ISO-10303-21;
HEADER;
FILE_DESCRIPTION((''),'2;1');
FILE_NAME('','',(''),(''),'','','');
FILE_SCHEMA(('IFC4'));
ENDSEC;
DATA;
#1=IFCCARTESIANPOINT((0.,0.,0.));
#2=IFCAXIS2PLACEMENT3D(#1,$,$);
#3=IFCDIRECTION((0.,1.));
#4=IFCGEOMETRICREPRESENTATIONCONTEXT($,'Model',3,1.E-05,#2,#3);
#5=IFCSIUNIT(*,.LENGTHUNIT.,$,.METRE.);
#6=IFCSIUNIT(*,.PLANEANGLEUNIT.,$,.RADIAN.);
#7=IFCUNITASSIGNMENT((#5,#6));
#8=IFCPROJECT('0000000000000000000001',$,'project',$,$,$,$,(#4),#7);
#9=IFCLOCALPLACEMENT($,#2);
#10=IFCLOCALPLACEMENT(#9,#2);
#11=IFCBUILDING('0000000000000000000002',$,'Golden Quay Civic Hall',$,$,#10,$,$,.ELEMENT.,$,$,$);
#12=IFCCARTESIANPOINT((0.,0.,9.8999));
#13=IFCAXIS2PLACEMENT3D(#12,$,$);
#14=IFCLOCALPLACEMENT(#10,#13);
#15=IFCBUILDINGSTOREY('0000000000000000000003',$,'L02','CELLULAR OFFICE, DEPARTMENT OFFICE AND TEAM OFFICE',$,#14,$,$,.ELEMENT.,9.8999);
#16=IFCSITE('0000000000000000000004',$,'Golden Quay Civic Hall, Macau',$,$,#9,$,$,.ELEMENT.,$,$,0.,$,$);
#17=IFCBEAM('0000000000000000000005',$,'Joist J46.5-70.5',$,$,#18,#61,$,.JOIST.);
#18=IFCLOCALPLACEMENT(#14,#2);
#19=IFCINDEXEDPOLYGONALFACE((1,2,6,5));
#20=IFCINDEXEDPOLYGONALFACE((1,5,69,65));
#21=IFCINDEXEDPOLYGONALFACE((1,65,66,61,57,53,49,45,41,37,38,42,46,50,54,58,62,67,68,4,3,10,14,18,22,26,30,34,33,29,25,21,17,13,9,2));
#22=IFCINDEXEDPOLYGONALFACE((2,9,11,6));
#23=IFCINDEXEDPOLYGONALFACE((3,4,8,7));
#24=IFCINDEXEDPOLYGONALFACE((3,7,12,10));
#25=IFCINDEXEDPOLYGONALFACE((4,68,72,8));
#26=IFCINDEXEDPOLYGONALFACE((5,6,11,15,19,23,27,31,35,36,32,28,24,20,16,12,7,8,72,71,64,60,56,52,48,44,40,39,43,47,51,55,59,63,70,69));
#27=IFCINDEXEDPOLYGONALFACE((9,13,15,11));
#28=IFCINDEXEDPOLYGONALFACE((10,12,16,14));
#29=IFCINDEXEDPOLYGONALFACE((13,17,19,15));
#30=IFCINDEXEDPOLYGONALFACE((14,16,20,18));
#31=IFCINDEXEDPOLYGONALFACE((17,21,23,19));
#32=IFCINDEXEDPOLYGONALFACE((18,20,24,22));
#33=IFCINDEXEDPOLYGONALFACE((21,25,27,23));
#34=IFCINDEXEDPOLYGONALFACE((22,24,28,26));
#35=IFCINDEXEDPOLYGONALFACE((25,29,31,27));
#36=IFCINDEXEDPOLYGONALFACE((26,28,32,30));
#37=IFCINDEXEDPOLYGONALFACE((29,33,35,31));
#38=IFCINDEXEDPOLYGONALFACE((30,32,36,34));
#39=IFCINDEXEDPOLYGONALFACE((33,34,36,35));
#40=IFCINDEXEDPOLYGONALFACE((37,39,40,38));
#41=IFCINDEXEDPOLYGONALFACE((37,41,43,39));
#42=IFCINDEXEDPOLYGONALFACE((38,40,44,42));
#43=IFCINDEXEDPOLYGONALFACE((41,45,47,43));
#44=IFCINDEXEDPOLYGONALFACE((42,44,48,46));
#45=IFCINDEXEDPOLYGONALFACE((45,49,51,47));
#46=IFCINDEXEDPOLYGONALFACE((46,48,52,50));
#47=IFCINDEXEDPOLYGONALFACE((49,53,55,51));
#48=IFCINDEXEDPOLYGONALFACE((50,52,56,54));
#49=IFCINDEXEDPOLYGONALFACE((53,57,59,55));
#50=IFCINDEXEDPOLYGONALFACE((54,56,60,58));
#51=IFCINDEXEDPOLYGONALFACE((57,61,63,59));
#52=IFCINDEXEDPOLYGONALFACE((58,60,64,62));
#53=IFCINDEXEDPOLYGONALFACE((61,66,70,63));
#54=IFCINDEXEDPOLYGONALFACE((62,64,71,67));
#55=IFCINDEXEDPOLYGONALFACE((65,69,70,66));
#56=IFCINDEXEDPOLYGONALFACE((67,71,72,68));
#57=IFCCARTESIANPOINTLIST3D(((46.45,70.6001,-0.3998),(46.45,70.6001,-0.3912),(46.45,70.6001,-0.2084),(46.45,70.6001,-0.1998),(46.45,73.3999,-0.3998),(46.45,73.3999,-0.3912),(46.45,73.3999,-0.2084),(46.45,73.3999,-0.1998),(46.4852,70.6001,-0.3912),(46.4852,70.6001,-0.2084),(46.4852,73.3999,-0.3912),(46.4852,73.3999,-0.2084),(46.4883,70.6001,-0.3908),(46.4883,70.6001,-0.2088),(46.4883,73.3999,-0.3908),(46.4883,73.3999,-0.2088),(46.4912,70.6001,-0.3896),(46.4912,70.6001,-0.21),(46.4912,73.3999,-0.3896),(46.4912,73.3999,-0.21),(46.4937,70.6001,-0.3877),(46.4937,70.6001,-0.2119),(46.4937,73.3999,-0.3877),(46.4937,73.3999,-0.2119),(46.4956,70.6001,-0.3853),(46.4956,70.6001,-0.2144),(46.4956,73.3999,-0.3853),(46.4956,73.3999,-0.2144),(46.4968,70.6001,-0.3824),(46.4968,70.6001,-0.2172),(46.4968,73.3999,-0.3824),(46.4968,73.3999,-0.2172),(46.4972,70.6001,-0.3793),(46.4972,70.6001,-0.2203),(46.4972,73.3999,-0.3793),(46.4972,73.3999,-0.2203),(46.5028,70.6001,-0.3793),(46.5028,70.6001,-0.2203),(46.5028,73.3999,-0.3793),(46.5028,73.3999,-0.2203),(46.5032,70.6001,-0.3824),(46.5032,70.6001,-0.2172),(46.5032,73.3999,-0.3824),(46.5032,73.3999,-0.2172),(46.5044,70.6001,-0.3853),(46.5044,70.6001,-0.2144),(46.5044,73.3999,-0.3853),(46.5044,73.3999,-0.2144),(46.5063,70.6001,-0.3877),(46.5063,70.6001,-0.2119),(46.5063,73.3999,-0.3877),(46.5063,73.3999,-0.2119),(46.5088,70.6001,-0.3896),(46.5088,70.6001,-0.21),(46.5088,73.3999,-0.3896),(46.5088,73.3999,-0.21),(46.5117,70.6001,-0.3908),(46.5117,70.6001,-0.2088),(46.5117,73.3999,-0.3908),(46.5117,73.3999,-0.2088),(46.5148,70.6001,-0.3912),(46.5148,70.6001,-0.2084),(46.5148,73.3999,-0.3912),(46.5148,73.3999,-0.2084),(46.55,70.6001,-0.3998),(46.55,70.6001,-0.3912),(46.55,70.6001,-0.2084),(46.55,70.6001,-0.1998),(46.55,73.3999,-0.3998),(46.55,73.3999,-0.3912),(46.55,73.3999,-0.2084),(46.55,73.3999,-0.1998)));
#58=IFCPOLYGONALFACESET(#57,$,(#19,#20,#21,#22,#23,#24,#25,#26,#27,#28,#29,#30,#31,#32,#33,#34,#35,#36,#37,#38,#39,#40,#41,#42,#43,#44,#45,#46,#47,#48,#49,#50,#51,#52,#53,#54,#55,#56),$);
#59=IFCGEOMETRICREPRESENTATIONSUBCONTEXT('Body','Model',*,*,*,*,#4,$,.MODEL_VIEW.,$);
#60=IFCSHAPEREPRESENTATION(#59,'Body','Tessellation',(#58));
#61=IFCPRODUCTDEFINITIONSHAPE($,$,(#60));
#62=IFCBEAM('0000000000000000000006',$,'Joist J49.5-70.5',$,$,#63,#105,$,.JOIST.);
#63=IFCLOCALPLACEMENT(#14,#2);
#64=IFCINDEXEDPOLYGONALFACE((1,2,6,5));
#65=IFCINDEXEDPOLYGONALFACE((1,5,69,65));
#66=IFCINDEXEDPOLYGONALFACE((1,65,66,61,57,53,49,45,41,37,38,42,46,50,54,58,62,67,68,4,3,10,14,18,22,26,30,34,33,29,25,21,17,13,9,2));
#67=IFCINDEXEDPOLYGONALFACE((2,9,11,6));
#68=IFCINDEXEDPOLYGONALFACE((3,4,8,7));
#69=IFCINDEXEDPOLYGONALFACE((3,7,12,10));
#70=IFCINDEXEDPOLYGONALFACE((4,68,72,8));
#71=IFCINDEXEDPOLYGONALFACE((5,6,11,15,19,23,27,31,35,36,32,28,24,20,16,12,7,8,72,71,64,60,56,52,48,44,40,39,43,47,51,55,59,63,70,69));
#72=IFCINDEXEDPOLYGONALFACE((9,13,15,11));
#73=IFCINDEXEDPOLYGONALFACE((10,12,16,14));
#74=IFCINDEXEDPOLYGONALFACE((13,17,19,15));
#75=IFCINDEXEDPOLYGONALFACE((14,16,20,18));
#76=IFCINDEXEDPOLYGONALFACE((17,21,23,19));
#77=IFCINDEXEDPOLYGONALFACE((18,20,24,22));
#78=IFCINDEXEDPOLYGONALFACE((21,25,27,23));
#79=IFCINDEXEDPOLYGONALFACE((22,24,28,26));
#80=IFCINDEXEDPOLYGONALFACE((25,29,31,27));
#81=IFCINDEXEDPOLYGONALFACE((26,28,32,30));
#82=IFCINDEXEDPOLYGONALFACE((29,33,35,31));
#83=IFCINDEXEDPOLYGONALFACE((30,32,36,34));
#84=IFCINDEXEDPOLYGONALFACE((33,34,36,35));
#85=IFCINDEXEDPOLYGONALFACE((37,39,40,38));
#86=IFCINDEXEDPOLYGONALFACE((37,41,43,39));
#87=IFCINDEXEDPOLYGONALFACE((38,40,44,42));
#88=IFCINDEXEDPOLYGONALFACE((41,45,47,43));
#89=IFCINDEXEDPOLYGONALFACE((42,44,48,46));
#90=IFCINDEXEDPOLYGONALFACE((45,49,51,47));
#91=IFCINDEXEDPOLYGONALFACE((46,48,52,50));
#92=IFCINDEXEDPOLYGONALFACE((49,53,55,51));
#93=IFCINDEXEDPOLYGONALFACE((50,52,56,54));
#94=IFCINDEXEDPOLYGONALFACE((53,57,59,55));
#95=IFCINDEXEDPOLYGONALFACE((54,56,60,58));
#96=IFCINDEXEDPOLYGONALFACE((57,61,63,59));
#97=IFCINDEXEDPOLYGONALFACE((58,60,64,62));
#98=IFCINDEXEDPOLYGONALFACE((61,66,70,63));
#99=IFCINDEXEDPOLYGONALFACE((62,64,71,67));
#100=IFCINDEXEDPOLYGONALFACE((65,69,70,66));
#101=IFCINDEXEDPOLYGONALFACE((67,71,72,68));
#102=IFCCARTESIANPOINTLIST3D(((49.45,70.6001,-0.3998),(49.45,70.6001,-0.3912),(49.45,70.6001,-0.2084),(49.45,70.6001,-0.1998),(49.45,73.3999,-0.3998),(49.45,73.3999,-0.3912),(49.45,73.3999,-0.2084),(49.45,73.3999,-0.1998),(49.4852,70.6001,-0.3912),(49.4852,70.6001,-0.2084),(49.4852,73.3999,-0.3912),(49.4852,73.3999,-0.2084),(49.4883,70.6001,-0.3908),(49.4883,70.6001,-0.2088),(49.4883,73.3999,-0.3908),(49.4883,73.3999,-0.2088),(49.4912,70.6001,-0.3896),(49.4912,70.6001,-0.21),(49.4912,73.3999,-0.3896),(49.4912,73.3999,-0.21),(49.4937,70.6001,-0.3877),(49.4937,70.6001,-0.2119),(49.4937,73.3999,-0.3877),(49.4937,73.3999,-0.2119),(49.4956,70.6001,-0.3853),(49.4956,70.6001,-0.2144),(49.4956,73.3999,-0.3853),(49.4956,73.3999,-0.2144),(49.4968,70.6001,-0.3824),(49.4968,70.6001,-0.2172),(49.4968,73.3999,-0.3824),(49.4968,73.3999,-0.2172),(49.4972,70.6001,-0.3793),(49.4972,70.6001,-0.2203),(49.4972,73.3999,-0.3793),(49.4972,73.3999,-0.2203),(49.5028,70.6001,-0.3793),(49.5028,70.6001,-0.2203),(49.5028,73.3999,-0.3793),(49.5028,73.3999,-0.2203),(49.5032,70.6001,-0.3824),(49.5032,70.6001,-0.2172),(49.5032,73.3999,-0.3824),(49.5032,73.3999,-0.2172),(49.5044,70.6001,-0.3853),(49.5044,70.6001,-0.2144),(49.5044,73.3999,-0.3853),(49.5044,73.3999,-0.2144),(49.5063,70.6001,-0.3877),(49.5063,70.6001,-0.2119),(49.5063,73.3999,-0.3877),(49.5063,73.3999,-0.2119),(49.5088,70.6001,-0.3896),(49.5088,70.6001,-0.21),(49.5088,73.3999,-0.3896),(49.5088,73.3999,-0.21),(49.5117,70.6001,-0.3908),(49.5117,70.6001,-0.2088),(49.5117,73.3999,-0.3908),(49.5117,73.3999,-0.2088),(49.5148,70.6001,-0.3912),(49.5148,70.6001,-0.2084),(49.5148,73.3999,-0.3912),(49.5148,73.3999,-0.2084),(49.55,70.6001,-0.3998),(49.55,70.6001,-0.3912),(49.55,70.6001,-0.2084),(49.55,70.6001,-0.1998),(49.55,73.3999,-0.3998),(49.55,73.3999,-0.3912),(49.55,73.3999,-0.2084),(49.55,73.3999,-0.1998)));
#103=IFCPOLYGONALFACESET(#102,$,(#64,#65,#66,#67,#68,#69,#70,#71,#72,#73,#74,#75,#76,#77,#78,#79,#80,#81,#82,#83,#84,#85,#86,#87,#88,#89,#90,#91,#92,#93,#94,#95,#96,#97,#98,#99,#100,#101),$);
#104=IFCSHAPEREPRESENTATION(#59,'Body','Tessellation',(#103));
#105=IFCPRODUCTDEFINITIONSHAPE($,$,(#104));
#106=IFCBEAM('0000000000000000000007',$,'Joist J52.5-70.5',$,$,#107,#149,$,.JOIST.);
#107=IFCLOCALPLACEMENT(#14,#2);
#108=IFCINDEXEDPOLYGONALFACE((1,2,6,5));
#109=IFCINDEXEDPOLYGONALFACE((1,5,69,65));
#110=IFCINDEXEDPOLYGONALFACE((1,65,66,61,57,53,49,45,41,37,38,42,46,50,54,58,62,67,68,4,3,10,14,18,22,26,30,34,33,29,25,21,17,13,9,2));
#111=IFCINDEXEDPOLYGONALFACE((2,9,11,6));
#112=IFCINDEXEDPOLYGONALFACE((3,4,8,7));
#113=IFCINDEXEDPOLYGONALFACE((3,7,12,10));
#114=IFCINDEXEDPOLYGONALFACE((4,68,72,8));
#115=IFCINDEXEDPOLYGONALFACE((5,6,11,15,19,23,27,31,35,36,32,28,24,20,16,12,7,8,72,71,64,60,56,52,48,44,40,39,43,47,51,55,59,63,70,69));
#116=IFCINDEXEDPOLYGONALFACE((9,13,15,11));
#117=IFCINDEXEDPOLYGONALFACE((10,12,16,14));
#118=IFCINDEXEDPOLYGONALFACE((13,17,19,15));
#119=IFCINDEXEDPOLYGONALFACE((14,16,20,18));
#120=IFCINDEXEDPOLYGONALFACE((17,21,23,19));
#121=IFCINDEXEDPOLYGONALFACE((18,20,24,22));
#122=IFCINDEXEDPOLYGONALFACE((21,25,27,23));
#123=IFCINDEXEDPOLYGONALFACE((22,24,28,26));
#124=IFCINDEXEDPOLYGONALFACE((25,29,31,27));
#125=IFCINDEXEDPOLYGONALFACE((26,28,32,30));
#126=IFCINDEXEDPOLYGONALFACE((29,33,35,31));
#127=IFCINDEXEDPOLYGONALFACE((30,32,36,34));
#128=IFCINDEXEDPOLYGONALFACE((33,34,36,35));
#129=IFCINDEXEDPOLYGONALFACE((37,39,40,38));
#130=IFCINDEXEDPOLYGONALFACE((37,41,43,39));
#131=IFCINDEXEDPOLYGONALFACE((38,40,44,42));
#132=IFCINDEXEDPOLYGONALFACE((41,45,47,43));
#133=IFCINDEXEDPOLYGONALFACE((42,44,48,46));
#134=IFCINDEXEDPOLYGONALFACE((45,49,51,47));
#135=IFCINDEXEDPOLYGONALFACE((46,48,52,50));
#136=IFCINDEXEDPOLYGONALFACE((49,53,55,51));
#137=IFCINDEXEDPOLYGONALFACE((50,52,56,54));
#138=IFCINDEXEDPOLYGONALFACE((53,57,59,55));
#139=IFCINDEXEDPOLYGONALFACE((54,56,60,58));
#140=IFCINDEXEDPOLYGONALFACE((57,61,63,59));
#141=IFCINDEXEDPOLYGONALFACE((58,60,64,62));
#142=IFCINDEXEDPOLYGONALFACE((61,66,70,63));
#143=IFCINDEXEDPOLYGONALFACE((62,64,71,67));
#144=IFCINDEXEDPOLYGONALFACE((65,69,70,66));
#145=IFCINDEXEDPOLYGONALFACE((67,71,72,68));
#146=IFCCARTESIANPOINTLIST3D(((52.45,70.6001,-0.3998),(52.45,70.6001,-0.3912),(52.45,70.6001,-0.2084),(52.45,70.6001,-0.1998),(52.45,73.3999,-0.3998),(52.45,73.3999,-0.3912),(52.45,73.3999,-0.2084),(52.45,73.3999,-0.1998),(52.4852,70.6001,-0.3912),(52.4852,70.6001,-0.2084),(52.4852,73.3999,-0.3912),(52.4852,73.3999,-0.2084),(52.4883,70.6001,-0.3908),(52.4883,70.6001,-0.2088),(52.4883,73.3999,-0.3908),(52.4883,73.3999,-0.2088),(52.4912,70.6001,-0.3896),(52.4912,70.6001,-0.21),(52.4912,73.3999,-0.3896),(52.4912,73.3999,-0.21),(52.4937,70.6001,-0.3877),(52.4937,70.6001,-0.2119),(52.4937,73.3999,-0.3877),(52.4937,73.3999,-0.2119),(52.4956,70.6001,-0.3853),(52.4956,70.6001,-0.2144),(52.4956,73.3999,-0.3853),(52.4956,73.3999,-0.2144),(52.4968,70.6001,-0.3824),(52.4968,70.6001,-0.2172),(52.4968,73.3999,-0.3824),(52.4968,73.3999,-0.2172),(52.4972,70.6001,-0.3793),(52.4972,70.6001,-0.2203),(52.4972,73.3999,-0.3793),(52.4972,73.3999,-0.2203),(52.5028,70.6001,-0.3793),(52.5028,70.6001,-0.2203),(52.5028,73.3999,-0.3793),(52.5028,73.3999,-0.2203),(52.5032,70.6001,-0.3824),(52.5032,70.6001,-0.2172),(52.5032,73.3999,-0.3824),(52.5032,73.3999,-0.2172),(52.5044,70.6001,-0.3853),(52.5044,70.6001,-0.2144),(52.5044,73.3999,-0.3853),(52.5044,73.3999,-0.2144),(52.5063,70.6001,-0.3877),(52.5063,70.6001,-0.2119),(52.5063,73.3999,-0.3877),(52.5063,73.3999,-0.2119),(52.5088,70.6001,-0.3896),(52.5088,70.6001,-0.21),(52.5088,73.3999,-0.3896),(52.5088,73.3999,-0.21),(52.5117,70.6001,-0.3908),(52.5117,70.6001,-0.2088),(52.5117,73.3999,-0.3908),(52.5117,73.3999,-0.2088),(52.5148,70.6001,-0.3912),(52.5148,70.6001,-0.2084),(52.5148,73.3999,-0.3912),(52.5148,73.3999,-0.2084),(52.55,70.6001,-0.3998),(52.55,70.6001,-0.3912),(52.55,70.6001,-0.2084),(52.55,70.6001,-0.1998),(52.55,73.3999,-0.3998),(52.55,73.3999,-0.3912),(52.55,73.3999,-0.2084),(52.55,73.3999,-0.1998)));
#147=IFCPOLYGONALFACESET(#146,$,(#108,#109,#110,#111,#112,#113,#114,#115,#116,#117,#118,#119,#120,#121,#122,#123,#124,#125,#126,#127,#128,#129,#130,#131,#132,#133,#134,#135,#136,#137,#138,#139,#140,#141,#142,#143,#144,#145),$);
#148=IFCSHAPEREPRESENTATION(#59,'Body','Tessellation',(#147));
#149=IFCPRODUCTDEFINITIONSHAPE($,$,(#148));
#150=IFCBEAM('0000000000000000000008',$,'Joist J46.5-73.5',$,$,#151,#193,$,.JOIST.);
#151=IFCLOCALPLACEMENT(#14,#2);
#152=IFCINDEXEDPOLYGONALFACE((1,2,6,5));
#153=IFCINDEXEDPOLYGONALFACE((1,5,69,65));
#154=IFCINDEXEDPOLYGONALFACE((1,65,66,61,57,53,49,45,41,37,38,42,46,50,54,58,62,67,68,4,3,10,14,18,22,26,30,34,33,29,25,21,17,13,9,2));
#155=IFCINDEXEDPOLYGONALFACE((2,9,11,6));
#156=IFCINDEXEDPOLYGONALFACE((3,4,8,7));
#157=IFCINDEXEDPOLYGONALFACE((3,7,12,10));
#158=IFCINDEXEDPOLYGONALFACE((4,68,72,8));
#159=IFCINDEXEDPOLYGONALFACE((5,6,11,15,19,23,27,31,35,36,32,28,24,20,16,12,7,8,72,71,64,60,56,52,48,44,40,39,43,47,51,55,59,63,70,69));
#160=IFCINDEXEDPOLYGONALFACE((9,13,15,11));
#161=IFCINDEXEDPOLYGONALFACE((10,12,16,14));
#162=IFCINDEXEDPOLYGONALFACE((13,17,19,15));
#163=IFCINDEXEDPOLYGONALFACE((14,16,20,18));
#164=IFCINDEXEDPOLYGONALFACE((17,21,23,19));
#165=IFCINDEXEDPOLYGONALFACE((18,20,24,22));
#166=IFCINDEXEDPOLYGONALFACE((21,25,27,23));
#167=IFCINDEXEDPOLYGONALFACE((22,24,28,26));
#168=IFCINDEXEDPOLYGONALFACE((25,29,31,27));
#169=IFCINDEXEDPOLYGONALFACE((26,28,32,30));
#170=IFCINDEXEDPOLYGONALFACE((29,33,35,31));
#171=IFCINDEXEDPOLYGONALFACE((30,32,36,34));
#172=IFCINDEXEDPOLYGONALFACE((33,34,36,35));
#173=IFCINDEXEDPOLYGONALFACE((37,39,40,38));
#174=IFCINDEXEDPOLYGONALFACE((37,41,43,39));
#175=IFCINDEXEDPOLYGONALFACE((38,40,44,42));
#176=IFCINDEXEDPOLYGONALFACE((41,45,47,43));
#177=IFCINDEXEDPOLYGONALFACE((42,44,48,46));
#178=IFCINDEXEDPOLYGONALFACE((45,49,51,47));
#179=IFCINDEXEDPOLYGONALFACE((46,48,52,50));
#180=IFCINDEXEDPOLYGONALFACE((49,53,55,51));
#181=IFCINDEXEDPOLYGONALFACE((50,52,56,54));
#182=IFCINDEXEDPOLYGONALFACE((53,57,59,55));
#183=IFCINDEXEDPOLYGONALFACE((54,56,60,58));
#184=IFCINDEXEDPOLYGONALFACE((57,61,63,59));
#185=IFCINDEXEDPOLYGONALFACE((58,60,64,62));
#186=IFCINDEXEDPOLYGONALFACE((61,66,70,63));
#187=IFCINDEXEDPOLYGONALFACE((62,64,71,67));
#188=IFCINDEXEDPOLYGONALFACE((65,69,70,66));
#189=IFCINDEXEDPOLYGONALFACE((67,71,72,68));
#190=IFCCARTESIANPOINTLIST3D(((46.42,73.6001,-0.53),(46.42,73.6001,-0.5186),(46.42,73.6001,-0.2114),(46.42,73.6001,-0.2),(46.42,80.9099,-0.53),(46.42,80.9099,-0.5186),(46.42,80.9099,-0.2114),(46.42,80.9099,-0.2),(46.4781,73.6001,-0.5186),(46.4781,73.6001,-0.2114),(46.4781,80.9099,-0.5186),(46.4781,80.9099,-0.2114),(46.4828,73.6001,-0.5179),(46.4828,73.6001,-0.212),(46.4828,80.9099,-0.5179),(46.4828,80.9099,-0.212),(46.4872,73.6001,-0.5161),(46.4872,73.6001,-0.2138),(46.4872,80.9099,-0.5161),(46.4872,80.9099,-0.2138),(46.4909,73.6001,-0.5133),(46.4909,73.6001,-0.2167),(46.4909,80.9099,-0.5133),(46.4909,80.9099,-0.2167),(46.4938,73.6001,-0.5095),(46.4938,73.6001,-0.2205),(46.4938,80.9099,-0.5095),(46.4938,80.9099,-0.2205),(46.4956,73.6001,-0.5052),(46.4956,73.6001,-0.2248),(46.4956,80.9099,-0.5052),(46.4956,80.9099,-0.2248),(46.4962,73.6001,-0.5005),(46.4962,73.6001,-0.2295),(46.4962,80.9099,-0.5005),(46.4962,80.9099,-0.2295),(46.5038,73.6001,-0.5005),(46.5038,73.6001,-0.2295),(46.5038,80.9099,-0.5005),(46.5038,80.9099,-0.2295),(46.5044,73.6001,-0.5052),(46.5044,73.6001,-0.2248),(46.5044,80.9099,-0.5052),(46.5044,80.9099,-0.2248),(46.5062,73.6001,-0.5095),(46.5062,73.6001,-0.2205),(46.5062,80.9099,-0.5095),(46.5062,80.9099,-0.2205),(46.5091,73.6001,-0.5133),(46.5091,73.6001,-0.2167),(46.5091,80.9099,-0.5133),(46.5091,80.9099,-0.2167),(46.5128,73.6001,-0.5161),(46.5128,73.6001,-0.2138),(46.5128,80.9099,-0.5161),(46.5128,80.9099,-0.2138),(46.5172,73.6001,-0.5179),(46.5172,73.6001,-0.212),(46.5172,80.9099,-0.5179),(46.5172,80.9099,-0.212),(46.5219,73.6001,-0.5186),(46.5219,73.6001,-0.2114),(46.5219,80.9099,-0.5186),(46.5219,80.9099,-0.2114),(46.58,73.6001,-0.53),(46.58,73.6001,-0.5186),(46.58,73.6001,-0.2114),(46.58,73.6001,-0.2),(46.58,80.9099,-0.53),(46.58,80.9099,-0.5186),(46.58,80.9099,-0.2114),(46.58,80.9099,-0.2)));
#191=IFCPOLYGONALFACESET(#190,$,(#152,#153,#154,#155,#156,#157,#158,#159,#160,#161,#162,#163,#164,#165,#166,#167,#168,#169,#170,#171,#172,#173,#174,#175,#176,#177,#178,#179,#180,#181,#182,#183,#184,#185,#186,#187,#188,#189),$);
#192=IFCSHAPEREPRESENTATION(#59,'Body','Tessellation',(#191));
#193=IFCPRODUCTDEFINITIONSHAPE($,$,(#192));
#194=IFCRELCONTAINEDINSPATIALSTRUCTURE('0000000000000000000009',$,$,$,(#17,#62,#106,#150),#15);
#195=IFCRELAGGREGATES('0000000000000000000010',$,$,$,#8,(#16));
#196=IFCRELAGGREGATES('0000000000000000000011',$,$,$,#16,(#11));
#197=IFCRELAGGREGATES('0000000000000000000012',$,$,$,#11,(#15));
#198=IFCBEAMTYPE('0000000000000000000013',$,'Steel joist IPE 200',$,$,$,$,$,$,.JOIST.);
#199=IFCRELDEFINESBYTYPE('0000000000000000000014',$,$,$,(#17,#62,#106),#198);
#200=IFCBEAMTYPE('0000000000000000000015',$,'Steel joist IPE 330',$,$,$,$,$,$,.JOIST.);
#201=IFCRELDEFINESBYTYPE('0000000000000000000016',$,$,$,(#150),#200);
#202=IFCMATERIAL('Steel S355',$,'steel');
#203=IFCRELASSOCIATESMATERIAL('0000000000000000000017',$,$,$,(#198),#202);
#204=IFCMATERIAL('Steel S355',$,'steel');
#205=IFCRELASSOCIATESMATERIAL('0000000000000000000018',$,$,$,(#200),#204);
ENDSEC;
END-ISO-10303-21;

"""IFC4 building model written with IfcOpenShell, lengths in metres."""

from ifc_helpers import new_model, si_unit, direction, frame, origin, origin_2d, place, context, subcontext, project, spatial, i_section, extrude, material, material_profile, profile_set, type_object, element, save


model = new_model("IFC4")

# Units and contexts
model_context = context("Model", 3, precision=1e-05, world=origin(), true_north=direction((0.0, 1.0)))
body_context = subcontext(model_context, "Body", "Model", "MODEL_VIEW")
ifc_project = project(units=[si_unit("LENGTHUNIT", "METRE"), si_unit("PLANEANGLEUNIT", "RADIAN")], contexts=[model_context])

# Site, building, storey
site_placement = place(None, origin())
site = spatial("IfcSite", under=ifc_project, at=site_placement, Name="Golden Quay Civic Hall, Macau", CompositionType="ELEMENT", RefElevation=0.0)
building_placement = place(site_placement, origin())
building = spatial("IfcBuilding", under=site, at=building_placement, Name="Golden Quay Civic Hall", CompositionType="ELEMENT")
storey_placement = place(building_placement, frame((0.0, 0.0, 9.8999)))
storey = spatial("IfcBuildingStorey", under=building, at=storey_placement, Name="L02", Description="CELLULAR OFFICE, DEPARTMENT OFFICE AND TEAM OFFICE", CompositionType="ELEMENT", Elevation=9.8999)

# Beams
ifc_material_1 = material(Name="Steel S355", Category="steel")
ifc_material_profile_1 = material_profile(ifc_material_1, i_section(OverallWidth=0.1001, OverallDepth=0.2, WebThickness=0.0056, FlangeThickness=0.0085, FilletRadius=0.012, at=origin_2d()), Name="IPE 200")
ifc_profile_set_1 = profile_set([ifc_material_profile_1], Name="Steel S355")
beam_type_1 = type_object("IfcBeamType", Name="Steel joist IPE 200", PredefinedType="JOIST", material=ifc_profile_set_1)
for number, where, z_axis, x_axis, name in (
    (1, (46.5, 70.6001, -0.2998), (0.0, 1.0, 0.0), (-1.0, 0.0, 0.0), "Joist J46.5-70.5"),
    (2, (49.5, 70.6001, -0.2998), (0.0, 1.0, 0.0), (-1.0, 0.0, 0.0), "Joist J49.5-70.5"),
    (3, (52.5, 70.6001, -0.2998), (0.0, 1.0, 0.0), (-1.0, 0.0, 0.0), "Joist J52.5-70.5"),
):
    element("IfcBeam", number, at=place(storey_placement, frame(where, z_axis=z_axis, x_axis=x_axis)), inside=storey, type_object=beam_type_1, Name=name, PredefinedType="JOIST", context=body_context, shape_type="SweptSolid", body=[
        extrude(i_section(OverallWidth=0.1001, OverallDepth=0.2, WebThickness=0.0056, FlangeThickness=0.0085, FilletRadius=0.012, at=origin_2d()), origin(), (0.0, 0.0, 1.0), 2.7998),
    ])
ifc_material_2 = material(Name="Steel S355", Category="steel")
ifc_material_profile_2 = material_profile(ifc_material_2, i_section(OverallWidth=0.1599, OverallDepth=0.3301, WebThickness=0.0076, FlangeThickness=0.0115, FilletRadius=0.0181, at=origin_2d()), Name="IPE 330")
ifc_profile_set_2 = profile_set([ifc_material_profile_2], Name="Steel S355")
beam_type_2 = type_object("IfcBeamType", Name="Steel joist IPE 330", PredefinedType="JOIST", material=ifc_profile_set_2)
for number, where, z_axis, x_axis, name in (
    (4, (46.5, 73.6001, -0.365), (0.0, 1.0, 0.0), (-1.0, 0.0, 0.0), "Joist J46.5-73.5"),
):
    element("IfcBeam", number, at=place(storey_placement, frame(where, z_axis=z_axis, x_axis=x_axis)), inside=storey, type_object=beam_type_2, Name=name, PredefinedType="JOIST", context=body_context, shape_type="SweptSolid", body=[
        extrude(i_section(OverallWidth=0.1599, OverallDepth=0.3301, WebThickness=0.0076, FlangeThickness=0.0115, FilletRadius=0.0181, at=origin_2d()), origin(), (0.0, 0.0, 1.0), 7.3098),
    ])

save(model, "model.ifc")
